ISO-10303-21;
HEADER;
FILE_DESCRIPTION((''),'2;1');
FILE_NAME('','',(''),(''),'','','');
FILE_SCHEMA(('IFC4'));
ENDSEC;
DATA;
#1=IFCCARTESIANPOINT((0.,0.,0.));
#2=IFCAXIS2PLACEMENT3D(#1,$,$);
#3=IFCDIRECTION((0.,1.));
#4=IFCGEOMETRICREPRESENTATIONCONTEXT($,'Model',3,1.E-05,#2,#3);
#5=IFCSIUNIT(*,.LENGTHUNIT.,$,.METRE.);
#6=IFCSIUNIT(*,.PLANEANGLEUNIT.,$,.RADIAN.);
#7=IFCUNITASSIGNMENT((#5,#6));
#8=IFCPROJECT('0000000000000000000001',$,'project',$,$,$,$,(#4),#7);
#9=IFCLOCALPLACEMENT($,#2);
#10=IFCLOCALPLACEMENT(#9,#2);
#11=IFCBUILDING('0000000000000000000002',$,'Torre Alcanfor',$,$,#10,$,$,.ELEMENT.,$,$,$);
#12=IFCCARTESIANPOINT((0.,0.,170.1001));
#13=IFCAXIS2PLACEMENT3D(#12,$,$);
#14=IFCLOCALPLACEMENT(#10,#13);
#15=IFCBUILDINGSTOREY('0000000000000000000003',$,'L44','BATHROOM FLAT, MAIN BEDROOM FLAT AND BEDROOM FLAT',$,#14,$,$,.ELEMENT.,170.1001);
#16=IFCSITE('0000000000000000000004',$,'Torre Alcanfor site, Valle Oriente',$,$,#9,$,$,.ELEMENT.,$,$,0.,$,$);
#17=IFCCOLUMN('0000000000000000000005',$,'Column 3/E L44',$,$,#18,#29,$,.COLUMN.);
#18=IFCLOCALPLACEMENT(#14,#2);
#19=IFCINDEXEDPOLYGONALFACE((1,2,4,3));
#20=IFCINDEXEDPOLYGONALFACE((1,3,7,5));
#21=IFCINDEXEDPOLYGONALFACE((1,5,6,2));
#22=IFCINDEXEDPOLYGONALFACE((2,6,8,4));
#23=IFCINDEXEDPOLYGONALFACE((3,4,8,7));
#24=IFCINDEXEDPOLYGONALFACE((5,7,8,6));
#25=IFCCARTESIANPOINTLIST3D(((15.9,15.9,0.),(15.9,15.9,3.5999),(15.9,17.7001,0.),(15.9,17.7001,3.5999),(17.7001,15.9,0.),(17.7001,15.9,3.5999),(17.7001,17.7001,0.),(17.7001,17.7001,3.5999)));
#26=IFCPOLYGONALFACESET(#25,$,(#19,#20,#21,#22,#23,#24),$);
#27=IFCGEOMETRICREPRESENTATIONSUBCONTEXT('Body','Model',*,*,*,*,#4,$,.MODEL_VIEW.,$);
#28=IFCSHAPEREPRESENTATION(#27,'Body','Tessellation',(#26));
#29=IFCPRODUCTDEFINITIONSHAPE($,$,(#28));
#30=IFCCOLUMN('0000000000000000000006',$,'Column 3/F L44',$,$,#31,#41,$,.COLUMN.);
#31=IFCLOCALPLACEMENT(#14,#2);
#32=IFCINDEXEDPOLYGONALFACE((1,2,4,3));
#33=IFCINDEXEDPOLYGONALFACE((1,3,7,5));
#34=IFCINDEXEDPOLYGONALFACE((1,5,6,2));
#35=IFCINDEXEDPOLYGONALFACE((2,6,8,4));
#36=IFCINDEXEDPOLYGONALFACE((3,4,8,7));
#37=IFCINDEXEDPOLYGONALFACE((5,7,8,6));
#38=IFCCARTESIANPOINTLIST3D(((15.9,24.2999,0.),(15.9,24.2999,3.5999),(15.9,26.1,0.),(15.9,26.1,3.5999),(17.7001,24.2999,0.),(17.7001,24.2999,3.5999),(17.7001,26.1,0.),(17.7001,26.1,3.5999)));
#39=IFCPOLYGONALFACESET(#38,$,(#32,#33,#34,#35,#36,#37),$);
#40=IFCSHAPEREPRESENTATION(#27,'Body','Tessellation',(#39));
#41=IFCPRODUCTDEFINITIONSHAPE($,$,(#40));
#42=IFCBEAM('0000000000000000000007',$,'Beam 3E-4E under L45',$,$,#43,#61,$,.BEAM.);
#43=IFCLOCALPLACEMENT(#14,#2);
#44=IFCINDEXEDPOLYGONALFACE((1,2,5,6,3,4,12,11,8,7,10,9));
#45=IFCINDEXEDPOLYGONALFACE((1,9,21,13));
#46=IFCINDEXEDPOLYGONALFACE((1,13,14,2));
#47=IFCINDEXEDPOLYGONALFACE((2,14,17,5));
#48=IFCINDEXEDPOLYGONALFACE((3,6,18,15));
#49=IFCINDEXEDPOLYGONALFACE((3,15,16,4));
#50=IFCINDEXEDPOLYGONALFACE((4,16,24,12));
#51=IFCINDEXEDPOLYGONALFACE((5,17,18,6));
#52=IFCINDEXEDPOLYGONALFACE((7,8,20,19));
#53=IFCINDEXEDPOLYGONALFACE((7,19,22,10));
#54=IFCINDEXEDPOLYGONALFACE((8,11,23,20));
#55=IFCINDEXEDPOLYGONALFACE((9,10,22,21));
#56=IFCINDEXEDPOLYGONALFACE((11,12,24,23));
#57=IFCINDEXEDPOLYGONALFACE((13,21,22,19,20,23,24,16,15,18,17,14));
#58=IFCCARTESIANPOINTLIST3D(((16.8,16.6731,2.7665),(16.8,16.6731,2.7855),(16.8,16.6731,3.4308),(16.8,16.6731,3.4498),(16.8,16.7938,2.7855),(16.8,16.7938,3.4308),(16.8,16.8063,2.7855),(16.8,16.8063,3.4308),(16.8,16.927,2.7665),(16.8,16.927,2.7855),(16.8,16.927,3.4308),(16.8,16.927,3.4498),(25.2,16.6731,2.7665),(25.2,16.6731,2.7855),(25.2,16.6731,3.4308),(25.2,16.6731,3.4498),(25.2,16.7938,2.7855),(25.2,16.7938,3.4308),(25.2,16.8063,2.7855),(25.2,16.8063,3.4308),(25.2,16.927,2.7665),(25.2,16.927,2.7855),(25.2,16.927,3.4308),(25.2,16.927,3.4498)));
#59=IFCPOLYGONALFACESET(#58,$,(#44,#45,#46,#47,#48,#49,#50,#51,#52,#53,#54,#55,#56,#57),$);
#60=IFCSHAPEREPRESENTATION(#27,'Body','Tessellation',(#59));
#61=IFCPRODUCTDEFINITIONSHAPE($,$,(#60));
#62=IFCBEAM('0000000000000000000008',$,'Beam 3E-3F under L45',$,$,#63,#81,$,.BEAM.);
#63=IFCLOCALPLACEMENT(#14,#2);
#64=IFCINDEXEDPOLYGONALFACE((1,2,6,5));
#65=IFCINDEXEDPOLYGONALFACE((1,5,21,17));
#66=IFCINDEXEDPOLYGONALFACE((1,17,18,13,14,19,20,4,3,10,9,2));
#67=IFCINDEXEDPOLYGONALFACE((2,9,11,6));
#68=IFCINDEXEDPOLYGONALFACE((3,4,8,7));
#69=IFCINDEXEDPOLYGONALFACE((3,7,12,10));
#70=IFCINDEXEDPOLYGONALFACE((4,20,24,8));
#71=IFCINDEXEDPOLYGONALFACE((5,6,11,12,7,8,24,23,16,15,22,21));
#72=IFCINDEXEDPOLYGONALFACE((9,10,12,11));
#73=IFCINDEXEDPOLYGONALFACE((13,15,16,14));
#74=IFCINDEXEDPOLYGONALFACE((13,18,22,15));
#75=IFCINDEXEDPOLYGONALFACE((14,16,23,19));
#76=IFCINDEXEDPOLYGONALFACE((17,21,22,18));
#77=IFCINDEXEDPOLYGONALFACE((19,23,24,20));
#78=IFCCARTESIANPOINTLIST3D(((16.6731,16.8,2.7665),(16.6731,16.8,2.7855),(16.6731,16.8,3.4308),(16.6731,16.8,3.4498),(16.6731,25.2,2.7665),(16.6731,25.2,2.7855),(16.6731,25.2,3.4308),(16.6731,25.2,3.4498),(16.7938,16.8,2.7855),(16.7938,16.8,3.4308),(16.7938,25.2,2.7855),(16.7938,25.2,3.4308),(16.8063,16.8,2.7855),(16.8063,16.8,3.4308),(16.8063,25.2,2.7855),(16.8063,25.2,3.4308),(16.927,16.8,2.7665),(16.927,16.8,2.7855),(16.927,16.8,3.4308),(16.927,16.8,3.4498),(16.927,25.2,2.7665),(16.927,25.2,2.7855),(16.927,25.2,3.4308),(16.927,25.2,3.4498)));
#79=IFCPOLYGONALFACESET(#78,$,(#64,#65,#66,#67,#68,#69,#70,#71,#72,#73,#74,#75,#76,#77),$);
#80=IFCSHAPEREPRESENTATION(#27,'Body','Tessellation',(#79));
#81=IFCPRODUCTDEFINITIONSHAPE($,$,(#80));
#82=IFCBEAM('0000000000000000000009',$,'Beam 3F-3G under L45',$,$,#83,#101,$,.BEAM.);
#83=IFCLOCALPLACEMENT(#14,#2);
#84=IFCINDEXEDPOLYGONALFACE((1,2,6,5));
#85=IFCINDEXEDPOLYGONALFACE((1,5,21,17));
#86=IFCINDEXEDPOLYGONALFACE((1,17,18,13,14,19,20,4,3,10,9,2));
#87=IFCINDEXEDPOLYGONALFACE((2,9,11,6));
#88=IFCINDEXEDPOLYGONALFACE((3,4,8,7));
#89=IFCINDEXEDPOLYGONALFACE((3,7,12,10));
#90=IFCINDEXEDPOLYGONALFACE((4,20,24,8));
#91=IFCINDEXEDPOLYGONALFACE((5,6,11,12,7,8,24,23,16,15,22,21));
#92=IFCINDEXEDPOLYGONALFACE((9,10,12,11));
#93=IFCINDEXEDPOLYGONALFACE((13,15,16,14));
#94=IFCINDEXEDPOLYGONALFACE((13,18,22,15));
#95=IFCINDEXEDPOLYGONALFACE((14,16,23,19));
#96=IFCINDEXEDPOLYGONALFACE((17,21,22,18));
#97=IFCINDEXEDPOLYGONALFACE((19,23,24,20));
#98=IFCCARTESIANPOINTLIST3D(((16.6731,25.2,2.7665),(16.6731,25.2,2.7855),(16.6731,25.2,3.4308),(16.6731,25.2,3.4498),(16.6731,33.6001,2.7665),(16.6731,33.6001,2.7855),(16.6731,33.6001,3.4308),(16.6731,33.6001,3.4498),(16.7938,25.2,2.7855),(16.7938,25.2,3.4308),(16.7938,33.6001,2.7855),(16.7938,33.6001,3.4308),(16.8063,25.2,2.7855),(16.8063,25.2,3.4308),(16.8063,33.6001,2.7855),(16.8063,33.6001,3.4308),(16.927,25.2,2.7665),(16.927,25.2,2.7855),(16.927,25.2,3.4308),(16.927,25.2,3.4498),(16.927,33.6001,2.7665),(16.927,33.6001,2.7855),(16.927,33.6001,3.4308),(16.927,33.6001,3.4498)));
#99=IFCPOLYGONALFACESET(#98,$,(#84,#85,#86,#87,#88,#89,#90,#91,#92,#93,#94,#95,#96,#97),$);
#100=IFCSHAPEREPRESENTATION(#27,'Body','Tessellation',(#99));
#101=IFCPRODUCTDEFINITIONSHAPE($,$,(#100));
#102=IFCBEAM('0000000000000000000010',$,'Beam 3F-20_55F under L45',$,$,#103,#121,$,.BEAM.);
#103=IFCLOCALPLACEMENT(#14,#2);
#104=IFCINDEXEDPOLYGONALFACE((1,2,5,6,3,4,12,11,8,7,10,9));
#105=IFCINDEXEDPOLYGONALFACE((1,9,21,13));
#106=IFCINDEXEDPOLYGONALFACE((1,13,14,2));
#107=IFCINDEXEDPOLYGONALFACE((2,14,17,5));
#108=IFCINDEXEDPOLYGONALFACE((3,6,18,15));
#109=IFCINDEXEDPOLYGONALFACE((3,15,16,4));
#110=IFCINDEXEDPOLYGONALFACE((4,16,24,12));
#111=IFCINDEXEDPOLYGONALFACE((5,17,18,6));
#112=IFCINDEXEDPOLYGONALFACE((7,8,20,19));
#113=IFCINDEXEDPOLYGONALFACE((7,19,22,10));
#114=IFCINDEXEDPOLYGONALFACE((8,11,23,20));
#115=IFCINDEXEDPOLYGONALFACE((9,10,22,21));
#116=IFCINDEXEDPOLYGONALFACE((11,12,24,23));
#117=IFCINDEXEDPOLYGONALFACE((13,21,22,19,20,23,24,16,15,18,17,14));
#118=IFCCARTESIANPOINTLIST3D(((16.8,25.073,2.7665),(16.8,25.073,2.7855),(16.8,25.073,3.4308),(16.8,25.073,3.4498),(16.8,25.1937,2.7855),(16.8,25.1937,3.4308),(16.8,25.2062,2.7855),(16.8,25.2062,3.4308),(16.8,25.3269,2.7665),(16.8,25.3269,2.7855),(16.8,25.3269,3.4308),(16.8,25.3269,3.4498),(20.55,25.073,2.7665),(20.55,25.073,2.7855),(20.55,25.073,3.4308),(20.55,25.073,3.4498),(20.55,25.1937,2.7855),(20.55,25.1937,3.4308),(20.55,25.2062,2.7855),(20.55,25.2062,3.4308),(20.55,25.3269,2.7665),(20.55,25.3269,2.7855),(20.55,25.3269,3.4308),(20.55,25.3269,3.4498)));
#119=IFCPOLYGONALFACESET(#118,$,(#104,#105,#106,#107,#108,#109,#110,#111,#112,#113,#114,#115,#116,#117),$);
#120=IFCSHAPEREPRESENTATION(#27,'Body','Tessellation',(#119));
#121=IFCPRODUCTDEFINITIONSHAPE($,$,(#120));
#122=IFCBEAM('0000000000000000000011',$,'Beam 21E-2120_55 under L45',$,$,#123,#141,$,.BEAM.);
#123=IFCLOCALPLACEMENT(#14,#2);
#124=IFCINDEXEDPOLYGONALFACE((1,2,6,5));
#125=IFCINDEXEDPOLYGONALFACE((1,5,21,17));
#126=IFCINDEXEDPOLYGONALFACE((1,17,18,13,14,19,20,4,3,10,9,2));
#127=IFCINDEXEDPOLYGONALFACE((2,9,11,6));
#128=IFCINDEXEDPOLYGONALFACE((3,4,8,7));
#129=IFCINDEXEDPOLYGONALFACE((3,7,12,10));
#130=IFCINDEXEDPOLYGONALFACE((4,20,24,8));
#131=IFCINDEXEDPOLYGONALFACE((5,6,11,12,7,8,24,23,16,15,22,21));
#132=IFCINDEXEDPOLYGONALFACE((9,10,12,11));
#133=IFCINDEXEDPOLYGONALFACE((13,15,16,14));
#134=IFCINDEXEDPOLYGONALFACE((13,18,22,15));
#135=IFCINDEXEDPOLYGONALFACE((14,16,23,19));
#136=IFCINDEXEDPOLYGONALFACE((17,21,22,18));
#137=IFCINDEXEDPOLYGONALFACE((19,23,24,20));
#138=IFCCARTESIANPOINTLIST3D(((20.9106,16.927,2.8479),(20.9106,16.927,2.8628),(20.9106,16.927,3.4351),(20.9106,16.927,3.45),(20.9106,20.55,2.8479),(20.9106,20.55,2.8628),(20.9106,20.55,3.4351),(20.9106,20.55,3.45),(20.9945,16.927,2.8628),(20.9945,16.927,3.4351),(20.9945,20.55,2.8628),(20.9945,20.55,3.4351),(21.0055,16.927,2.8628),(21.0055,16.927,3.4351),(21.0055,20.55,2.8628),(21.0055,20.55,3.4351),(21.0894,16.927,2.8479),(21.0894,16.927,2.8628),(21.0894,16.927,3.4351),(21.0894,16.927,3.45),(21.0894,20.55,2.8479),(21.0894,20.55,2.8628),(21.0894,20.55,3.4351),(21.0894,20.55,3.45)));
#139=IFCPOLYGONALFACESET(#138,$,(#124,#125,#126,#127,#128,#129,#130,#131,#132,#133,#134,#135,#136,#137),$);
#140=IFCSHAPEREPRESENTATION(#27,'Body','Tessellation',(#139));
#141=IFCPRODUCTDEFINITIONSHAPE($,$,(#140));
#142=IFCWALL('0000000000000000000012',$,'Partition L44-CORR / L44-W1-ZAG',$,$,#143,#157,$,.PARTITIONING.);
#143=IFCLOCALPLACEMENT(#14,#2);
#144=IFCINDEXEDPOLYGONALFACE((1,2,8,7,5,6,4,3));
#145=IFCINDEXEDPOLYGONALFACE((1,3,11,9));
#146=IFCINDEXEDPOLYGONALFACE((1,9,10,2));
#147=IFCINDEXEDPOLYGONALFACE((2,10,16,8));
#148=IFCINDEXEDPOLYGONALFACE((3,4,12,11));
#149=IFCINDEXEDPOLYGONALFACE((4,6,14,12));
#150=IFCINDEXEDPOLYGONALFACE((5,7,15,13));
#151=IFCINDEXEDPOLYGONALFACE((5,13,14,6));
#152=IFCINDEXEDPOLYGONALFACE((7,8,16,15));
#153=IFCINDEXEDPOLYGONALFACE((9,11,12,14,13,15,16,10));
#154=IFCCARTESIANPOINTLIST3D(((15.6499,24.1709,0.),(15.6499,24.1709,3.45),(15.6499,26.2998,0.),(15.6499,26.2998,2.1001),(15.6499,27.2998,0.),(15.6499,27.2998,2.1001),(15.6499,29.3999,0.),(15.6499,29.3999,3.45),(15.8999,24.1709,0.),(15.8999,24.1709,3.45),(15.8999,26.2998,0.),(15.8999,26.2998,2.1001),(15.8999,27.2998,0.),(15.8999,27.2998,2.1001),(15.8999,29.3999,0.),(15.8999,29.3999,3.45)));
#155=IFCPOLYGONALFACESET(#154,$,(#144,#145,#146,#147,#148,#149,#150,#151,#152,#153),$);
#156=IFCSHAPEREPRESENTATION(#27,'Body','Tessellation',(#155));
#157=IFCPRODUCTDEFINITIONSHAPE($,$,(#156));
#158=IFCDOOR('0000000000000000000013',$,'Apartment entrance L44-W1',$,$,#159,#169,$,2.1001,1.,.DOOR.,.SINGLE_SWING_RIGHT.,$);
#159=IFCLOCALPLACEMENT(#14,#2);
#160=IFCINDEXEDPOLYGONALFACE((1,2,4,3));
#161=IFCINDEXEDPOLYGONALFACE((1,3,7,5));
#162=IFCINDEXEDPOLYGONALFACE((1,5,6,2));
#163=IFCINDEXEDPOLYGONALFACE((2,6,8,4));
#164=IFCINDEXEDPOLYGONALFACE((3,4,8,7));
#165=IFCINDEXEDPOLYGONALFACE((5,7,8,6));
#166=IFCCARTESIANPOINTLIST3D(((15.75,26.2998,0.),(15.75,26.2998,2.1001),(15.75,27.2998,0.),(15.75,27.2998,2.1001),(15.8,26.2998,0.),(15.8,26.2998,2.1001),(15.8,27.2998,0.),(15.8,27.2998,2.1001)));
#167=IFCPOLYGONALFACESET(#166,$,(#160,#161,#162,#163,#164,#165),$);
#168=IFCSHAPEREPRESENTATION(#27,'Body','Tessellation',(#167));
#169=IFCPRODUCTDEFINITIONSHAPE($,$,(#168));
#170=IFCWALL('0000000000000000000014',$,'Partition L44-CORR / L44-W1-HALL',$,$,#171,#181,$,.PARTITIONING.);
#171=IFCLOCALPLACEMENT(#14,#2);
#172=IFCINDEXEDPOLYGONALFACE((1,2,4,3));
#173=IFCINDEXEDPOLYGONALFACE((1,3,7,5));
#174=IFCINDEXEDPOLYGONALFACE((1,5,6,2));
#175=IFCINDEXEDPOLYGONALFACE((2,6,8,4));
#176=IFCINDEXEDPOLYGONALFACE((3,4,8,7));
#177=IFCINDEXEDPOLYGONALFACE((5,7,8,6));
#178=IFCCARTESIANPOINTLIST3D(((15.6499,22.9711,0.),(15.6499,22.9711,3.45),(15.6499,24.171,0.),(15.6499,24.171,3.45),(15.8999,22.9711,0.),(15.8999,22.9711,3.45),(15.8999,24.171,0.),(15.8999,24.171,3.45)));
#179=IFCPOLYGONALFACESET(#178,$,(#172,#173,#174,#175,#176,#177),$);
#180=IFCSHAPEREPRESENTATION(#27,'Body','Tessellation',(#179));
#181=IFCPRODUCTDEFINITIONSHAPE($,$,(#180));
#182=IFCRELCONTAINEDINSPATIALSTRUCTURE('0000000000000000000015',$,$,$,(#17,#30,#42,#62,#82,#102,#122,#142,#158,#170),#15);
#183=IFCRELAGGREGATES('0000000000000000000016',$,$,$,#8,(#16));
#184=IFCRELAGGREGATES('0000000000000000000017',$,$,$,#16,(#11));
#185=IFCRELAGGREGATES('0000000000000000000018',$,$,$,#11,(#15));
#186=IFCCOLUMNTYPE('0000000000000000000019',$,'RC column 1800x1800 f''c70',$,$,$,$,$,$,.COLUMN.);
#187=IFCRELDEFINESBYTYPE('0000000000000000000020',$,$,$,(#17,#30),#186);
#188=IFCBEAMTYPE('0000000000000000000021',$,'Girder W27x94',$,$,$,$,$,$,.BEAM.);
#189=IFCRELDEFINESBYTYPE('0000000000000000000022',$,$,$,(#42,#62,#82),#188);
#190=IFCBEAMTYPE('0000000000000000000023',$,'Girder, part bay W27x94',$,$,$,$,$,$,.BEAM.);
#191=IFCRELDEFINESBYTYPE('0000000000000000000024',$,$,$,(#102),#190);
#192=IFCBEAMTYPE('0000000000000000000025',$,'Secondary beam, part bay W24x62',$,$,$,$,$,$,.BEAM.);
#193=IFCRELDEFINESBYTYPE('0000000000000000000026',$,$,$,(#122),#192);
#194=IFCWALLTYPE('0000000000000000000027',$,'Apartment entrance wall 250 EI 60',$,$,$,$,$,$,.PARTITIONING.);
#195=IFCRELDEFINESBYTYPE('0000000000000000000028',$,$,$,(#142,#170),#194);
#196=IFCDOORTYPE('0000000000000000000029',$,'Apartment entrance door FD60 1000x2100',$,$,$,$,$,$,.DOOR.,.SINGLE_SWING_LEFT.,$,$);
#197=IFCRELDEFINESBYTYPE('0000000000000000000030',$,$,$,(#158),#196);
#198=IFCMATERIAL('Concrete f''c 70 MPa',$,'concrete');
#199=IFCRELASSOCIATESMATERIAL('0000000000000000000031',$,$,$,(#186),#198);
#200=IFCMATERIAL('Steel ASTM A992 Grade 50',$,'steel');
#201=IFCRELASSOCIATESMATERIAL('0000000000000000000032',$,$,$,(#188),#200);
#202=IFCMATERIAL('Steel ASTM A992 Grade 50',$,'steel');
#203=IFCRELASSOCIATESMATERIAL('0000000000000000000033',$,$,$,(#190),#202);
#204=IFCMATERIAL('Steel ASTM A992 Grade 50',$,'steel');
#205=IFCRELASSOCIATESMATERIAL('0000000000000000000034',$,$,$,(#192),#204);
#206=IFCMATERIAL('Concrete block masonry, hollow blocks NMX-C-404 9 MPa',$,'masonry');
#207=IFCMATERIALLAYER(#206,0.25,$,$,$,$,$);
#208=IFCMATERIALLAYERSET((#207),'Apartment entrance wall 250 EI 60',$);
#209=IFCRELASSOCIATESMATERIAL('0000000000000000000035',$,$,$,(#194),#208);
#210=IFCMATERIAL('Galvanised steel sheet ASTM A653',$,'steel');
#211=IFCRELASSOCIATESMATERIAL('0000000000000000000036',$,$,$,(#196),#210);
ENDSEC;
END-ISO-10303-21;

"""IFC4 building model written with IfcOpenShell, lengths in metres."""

from ifc_helpers import new_model, si_unit, direction, frame, frame_2d, origin, origin_2d, place, context, subcontext, project, spatial, rectangle, i_section, extrude, material, layer, layer_set, material_profile, profile_set, type_object, element, fill, save


model = new_model("IFC4")

# Units and contexts
model_context = context("Model", 3, precision=1e-05, world=origin(), true_north=direction((0.0, 1.0)))
body_context = subcontext(model_context, "Body", "Model", "MODEL_VIEW")
ifc_project = project(units=[si_unit("LENGTHUNIT", "METRE"), si_unit("PLANEANGLEUNIT", "RADIAN")], contexts=[model_context])

# Site, building, storey
site_placement = place(None, origin())
site = spatial("IfcSite", under=ifc_project, at=site_placement, Name="Torre Alcanfor site, Valle Oriente", CompositionType="ELEMENT", RefElevation=0.0)
building_placement = place(site_placement, origin())
building = spatial("IfcBuilding", under=site, at=building_placement, Name="Torre Alcanfor", CompositionType="ELEMENT")
storey_placement = place(building_placement, frame((0.0, 0.0, 170.1001)))
storey = spatial("IfcBuildingStorey", under=building, at=storey_placement, Name="L44", Description="BATHROOM FLAT, MAIN BEDROOM FLAT AND BEDROOM FLAT", CompositionType="ELEMENT", Elevation=170.1001)

# Columns
ifc_material_1 = material(Name="Concrete f'c 70 MPa", Category="concrete")
ifc_material_profile_1 = material_profile(ifc_material_1, rectangle(XDim=1.8, YDim=1.8, at=origin_2d()), Name="1800x1800")
ifc_profile_set_1 = profile_set([ifc_material_profile_1], Name="Concrete f'c 70 MPa")
column_type = type_object("IfcColumnType", Name="RC column 1800x1800 f'c70", PredefinedType="COLUMN", material=ifc_profile_set_1)
for number, where, z_axis, x_axis, name in (
    (1, (16.8, 16.8, 0.0), (0.0, 0.0, 1.0), (1.0, 0.0, 0.0), "Column 3/E L44"),
    (2, (16.8, 25.2, 0.0), (0.0, 0.0, 1.0), (1.0, 0.0, 0.0), "Column 3/F L44"),
):
    element("IfcColumn", number, at=place(storey_placement, frame(where, z_axis=z_axis, x_axis=x_axis)), inside=storey, type_object=column_type, Name=name, PredefinedType="COLUMN", context=body_context, shape_type="SweptSolid", body=[
        extrude(rectangle(XDim=1.8, YDim=1.8, at=origin_2d()), origin(), (0.0, 0.0, 1.0), 3.5999),
    ])

# Beams
ifc_material_2 = material(Name="Steel ASTM A992 Grade 50", Category="steel")
ifc_material_profile_2 = material_profile(ifc_material_2, i_section(OverallWidth=0.2539, OverallDepth=0.6833, WebThickness=0.0125, FlangeThickness=0.019, at=origin_2d()), Name="W27x94")
ifc_profile_set_2 = profile_set([ifc_material_profile_2], Name="Steel ASTM A992 Grade 50")
beam_type_1 = type_object("IfcBeamType", Name="Girder W27x94", PredefinedType="BEAM", material=ifc_profile_set_2)
for number, where, z_axis, x_axis, name in (
    (3, (16.8, 16.8, 3.1082), (1.0, 0.0, 0.0), (0.0, 1.0, 0.0), "Beam 3E-4E under L45"),
    (4, (16.8, 16.8, 3.1082), (0.0, 1.0, 0.0), (-1.0, 0.0, 0.0), "Beam 3E-3F under L45"),
):
    element("IfcBeam", number, at=place(storey_placement, frame(where, z_axis=z_axis, x_axis=x_axis)), inside=storey, type_object=beam_type_1, Name=name, PredefinedType="BEAM", context=body_context, shape_type="SweptSolid", body=[
        extrude(i_section(OverallWidth=0.2539, OverallDepth=0.6833, WebThickness=0.0125, FlangeThickness=0.019, at=origin_2d()), origin(), (0.0, 0.0, 1.0), 8.3999),
    ])
beam_1_placement = place(storey_placement, frame((16.8, 25.2, 3.1082), z_axis=(0.0, 1.0, 0.0), x_axis=(-1.0, 0.0, 0.0)))
element("IfcBeam", 5, at=beam_1_placement, inside=storey, type_object=beam_type_1, Name="Beam 3F-3G under L45", PredefinedType="BEAM", context=body_context, shape_type="SweptSolid", body=[
    extrude(i_section(OverallWidth=0.2539, OverallDepth=0.6833, WebThickness=0.0125, FlangeThickness=0.019, at=origin_2d()), origin(), (0.0, 0.0, 1.0), 8.4001),
])
ifc_material_3 = material(Name="Steel ASTM A992 Grade 50", Category="steel")
ifc_material_profile_3 = material_profile(ifc_material_3, i_section(OverallWidth=0.2539, OverallDepth=0.6833, WebThickness=0.0125, FlangeThickness=0.019, at=origin_2d()), Name="W27x94")
ifc_profile_set_3 = profile_set([ifc_material_profile_3], Name="Steel ASTM A992 Grade 50")
beam_type_2 = type_object("IfcBeamType", Name="Girder, part bay W27x94", PredefinedType="BEAM", material=ifc_profile_set_3)
beam_2_placement = place(storey_placement, frame((16.8, 25.2, 3.1082), z_axis=(1.0, 0.0, 0.0), x_axis=(0.0, 1.0, 0.0)))
element("IfcBeam", 6, at=beam_2_placement, inside=storey, type_object=beam_type_2, Name="Beam 3F-20_55F under L45", PredefinedType="BEAM", context=body_context, shape_type="SweptSolid", body=[
    extrude(i_section(OverallWidth=0.2539, OverallDepth=0.6833, WebThickness=0.0125, FlangeThickness=0.019, at=origin_2d()), origin(), (0.0, 0.0, 1.0), 3.75),
])
ifc_material_4 = material(Name="Steel ASTM A992 Grade 50", Category="steel")
ifc_material_profile_4 = material_profile(ifc_material_4, i_section(OverallWidth=0.1787, OverallDepth=0.6021, WebThickness=0.011, FlangeThickness=0.0149, at=origin_2d()), Name="W24x62")
ifc_profile_set_4 = profile_set([ifc_material_profile_4], Name="Steel ASTM A992 Grade 50")
beam_type_3 = type_object("IfcBeamType", Name="Secondary beam, part bay W24x62", PredefinedType="BEAM", material=ifc_profile_set_4)
beam_3_placement = place(storey_placement, frame((21.0, 16.927, 3.1489), z_axis=(0.0, 1.0, 0.0), x_axis=(-1.0, 0.0, 0.0)))
element("IfcBeam", 7, at=beam_3_placement, inside=storey, type_object=beam_type_3, Name="Beam 21E-2120_55 under L45", PredefinedType="BEAM", context=body_context, shape_type="SweptSolid", body=[
    extrude(i_section(OverallWidth=0.1787, OverallDepth=0.6021, WebThickness=0.011, FlangeThickness=0.0149, at=origin_2d()), origin(), (0.0, 0.0, 1.0), 3.623),
])

# Wall, opening, door
ifc_material_5 = material(Name="Concrete block masonry, hollow blocks NMX-C-404 9 MPa", Category="masonry")
ifc_layer_1 = layer(ifc_material_5, 0.25)
ifc_layer_set_1 = layer_set([ifc_layer_1], Name="Apartment entrance wall 250 EI 60")
wall_type_1 = type_object("IfcWallType", Name="Apartment entrance wall 250 EI 60", PredefinedType="PARTITIONING", material=ifc_layer_set_1)
wall_1_placement = place(storey_placement, frame((15.7749, 24.1709, 0.0), z_axis=(0.0, 0.0, 1.0), x_axis=(0.0, 1.0, 0.0)))
wall_1 = element("IfcWall", 8, at=wall_1_placement, inside=storey, type_object=wall_type_1, Name="Partition L44-CORR / L44-W1-ZAG", PredefinedType="PARTITIONING", context=body_context, shape_type="SweptSolid", body=[
    extrude(rectangle(XDim=5.229, YDim=0.25, at=frame_2d((2.6145, 0.0))), origin(), (0.0, 0.0, 1.0), 3.45),
])
opening_1_placement = place(wall_1_placement, frame((2.1289, 0.0, 0.0)))
opening_1 = element("IfcOpeningElement", 9, at=opening_1_placement, cuts=wall_1, PredefinedType="OPENING", context=body_context, shape_type="SweptSolid", body=[
    extrude(rectangle(XDim=1.0, YDim=2.1001, at=frame_2d((0.5, 1.05))), frame((0.0, 0.135, 0.0), z_axis=(0.0, -1.0, 0.0), x_axis=(1.0, 0.0, 0.0)), (0.0, 0.0, 1.0), 0.27),
])
ifc_material_6 = material(Name="Galvanised steel sheet ASTM A653", Category="steel")
door_type_1 = type_object("IfcDoorType", Name="Apartment entrance door FD60 1000x2100", OperationType="SINGLE_SWING_LEFT", PredefinedType="DOOR", material=ifc_material_6)
door_1_placement = place(opening_1_placement, origin())
door_1 = element("IfcDoor", 10, at=door_1_placement, inside=storey, type_object=door_type_1, Name="Apartment entrance L44-W1", OperationType="SINGLE_SWING_RIGHT", OverallHeight=2.1001, OverallWidth=1.0, PredefinedType="DOOR", context=body_context, shape_type="SweptSolid", body=[
    extrude(rectangle(XDim=1.0, YDim=2.1001, at=frame_2d((0.5, 1.05))), frame((0.0, 0.0249, 0.0), z_axis=(0.0, -1.0, 0.0), x_axis=(1.0, 0.0, 0.0)), (0.0, 0.0, 1.0), 0.05),
])
fill(opening_1, door_1)

# Wall
wall_2_placement = place(storey_placement, frame((15.7749, 22.9709, 0.0), z_axis=(0.0, 0.0, 1.0), x_axis=(0.0, 1.0, 0.0)))
element("IfcWall", 11, at=wall_2_placement, inside=storey, type_object=wall_type_1, Name="Partition L44-CORR / L44-W1-HALL", PredefinedType="PARTITIONING", context=body_context, shape_type="SweptSolid", body=[
    extrude(rectangle(XDim=1.2, YDim=0.25, at=frame_2d((0.6001, 0.0))), origin(), (0.0, 0.0, 1.0), 3.45),
])

save(model, "model.ifc")
